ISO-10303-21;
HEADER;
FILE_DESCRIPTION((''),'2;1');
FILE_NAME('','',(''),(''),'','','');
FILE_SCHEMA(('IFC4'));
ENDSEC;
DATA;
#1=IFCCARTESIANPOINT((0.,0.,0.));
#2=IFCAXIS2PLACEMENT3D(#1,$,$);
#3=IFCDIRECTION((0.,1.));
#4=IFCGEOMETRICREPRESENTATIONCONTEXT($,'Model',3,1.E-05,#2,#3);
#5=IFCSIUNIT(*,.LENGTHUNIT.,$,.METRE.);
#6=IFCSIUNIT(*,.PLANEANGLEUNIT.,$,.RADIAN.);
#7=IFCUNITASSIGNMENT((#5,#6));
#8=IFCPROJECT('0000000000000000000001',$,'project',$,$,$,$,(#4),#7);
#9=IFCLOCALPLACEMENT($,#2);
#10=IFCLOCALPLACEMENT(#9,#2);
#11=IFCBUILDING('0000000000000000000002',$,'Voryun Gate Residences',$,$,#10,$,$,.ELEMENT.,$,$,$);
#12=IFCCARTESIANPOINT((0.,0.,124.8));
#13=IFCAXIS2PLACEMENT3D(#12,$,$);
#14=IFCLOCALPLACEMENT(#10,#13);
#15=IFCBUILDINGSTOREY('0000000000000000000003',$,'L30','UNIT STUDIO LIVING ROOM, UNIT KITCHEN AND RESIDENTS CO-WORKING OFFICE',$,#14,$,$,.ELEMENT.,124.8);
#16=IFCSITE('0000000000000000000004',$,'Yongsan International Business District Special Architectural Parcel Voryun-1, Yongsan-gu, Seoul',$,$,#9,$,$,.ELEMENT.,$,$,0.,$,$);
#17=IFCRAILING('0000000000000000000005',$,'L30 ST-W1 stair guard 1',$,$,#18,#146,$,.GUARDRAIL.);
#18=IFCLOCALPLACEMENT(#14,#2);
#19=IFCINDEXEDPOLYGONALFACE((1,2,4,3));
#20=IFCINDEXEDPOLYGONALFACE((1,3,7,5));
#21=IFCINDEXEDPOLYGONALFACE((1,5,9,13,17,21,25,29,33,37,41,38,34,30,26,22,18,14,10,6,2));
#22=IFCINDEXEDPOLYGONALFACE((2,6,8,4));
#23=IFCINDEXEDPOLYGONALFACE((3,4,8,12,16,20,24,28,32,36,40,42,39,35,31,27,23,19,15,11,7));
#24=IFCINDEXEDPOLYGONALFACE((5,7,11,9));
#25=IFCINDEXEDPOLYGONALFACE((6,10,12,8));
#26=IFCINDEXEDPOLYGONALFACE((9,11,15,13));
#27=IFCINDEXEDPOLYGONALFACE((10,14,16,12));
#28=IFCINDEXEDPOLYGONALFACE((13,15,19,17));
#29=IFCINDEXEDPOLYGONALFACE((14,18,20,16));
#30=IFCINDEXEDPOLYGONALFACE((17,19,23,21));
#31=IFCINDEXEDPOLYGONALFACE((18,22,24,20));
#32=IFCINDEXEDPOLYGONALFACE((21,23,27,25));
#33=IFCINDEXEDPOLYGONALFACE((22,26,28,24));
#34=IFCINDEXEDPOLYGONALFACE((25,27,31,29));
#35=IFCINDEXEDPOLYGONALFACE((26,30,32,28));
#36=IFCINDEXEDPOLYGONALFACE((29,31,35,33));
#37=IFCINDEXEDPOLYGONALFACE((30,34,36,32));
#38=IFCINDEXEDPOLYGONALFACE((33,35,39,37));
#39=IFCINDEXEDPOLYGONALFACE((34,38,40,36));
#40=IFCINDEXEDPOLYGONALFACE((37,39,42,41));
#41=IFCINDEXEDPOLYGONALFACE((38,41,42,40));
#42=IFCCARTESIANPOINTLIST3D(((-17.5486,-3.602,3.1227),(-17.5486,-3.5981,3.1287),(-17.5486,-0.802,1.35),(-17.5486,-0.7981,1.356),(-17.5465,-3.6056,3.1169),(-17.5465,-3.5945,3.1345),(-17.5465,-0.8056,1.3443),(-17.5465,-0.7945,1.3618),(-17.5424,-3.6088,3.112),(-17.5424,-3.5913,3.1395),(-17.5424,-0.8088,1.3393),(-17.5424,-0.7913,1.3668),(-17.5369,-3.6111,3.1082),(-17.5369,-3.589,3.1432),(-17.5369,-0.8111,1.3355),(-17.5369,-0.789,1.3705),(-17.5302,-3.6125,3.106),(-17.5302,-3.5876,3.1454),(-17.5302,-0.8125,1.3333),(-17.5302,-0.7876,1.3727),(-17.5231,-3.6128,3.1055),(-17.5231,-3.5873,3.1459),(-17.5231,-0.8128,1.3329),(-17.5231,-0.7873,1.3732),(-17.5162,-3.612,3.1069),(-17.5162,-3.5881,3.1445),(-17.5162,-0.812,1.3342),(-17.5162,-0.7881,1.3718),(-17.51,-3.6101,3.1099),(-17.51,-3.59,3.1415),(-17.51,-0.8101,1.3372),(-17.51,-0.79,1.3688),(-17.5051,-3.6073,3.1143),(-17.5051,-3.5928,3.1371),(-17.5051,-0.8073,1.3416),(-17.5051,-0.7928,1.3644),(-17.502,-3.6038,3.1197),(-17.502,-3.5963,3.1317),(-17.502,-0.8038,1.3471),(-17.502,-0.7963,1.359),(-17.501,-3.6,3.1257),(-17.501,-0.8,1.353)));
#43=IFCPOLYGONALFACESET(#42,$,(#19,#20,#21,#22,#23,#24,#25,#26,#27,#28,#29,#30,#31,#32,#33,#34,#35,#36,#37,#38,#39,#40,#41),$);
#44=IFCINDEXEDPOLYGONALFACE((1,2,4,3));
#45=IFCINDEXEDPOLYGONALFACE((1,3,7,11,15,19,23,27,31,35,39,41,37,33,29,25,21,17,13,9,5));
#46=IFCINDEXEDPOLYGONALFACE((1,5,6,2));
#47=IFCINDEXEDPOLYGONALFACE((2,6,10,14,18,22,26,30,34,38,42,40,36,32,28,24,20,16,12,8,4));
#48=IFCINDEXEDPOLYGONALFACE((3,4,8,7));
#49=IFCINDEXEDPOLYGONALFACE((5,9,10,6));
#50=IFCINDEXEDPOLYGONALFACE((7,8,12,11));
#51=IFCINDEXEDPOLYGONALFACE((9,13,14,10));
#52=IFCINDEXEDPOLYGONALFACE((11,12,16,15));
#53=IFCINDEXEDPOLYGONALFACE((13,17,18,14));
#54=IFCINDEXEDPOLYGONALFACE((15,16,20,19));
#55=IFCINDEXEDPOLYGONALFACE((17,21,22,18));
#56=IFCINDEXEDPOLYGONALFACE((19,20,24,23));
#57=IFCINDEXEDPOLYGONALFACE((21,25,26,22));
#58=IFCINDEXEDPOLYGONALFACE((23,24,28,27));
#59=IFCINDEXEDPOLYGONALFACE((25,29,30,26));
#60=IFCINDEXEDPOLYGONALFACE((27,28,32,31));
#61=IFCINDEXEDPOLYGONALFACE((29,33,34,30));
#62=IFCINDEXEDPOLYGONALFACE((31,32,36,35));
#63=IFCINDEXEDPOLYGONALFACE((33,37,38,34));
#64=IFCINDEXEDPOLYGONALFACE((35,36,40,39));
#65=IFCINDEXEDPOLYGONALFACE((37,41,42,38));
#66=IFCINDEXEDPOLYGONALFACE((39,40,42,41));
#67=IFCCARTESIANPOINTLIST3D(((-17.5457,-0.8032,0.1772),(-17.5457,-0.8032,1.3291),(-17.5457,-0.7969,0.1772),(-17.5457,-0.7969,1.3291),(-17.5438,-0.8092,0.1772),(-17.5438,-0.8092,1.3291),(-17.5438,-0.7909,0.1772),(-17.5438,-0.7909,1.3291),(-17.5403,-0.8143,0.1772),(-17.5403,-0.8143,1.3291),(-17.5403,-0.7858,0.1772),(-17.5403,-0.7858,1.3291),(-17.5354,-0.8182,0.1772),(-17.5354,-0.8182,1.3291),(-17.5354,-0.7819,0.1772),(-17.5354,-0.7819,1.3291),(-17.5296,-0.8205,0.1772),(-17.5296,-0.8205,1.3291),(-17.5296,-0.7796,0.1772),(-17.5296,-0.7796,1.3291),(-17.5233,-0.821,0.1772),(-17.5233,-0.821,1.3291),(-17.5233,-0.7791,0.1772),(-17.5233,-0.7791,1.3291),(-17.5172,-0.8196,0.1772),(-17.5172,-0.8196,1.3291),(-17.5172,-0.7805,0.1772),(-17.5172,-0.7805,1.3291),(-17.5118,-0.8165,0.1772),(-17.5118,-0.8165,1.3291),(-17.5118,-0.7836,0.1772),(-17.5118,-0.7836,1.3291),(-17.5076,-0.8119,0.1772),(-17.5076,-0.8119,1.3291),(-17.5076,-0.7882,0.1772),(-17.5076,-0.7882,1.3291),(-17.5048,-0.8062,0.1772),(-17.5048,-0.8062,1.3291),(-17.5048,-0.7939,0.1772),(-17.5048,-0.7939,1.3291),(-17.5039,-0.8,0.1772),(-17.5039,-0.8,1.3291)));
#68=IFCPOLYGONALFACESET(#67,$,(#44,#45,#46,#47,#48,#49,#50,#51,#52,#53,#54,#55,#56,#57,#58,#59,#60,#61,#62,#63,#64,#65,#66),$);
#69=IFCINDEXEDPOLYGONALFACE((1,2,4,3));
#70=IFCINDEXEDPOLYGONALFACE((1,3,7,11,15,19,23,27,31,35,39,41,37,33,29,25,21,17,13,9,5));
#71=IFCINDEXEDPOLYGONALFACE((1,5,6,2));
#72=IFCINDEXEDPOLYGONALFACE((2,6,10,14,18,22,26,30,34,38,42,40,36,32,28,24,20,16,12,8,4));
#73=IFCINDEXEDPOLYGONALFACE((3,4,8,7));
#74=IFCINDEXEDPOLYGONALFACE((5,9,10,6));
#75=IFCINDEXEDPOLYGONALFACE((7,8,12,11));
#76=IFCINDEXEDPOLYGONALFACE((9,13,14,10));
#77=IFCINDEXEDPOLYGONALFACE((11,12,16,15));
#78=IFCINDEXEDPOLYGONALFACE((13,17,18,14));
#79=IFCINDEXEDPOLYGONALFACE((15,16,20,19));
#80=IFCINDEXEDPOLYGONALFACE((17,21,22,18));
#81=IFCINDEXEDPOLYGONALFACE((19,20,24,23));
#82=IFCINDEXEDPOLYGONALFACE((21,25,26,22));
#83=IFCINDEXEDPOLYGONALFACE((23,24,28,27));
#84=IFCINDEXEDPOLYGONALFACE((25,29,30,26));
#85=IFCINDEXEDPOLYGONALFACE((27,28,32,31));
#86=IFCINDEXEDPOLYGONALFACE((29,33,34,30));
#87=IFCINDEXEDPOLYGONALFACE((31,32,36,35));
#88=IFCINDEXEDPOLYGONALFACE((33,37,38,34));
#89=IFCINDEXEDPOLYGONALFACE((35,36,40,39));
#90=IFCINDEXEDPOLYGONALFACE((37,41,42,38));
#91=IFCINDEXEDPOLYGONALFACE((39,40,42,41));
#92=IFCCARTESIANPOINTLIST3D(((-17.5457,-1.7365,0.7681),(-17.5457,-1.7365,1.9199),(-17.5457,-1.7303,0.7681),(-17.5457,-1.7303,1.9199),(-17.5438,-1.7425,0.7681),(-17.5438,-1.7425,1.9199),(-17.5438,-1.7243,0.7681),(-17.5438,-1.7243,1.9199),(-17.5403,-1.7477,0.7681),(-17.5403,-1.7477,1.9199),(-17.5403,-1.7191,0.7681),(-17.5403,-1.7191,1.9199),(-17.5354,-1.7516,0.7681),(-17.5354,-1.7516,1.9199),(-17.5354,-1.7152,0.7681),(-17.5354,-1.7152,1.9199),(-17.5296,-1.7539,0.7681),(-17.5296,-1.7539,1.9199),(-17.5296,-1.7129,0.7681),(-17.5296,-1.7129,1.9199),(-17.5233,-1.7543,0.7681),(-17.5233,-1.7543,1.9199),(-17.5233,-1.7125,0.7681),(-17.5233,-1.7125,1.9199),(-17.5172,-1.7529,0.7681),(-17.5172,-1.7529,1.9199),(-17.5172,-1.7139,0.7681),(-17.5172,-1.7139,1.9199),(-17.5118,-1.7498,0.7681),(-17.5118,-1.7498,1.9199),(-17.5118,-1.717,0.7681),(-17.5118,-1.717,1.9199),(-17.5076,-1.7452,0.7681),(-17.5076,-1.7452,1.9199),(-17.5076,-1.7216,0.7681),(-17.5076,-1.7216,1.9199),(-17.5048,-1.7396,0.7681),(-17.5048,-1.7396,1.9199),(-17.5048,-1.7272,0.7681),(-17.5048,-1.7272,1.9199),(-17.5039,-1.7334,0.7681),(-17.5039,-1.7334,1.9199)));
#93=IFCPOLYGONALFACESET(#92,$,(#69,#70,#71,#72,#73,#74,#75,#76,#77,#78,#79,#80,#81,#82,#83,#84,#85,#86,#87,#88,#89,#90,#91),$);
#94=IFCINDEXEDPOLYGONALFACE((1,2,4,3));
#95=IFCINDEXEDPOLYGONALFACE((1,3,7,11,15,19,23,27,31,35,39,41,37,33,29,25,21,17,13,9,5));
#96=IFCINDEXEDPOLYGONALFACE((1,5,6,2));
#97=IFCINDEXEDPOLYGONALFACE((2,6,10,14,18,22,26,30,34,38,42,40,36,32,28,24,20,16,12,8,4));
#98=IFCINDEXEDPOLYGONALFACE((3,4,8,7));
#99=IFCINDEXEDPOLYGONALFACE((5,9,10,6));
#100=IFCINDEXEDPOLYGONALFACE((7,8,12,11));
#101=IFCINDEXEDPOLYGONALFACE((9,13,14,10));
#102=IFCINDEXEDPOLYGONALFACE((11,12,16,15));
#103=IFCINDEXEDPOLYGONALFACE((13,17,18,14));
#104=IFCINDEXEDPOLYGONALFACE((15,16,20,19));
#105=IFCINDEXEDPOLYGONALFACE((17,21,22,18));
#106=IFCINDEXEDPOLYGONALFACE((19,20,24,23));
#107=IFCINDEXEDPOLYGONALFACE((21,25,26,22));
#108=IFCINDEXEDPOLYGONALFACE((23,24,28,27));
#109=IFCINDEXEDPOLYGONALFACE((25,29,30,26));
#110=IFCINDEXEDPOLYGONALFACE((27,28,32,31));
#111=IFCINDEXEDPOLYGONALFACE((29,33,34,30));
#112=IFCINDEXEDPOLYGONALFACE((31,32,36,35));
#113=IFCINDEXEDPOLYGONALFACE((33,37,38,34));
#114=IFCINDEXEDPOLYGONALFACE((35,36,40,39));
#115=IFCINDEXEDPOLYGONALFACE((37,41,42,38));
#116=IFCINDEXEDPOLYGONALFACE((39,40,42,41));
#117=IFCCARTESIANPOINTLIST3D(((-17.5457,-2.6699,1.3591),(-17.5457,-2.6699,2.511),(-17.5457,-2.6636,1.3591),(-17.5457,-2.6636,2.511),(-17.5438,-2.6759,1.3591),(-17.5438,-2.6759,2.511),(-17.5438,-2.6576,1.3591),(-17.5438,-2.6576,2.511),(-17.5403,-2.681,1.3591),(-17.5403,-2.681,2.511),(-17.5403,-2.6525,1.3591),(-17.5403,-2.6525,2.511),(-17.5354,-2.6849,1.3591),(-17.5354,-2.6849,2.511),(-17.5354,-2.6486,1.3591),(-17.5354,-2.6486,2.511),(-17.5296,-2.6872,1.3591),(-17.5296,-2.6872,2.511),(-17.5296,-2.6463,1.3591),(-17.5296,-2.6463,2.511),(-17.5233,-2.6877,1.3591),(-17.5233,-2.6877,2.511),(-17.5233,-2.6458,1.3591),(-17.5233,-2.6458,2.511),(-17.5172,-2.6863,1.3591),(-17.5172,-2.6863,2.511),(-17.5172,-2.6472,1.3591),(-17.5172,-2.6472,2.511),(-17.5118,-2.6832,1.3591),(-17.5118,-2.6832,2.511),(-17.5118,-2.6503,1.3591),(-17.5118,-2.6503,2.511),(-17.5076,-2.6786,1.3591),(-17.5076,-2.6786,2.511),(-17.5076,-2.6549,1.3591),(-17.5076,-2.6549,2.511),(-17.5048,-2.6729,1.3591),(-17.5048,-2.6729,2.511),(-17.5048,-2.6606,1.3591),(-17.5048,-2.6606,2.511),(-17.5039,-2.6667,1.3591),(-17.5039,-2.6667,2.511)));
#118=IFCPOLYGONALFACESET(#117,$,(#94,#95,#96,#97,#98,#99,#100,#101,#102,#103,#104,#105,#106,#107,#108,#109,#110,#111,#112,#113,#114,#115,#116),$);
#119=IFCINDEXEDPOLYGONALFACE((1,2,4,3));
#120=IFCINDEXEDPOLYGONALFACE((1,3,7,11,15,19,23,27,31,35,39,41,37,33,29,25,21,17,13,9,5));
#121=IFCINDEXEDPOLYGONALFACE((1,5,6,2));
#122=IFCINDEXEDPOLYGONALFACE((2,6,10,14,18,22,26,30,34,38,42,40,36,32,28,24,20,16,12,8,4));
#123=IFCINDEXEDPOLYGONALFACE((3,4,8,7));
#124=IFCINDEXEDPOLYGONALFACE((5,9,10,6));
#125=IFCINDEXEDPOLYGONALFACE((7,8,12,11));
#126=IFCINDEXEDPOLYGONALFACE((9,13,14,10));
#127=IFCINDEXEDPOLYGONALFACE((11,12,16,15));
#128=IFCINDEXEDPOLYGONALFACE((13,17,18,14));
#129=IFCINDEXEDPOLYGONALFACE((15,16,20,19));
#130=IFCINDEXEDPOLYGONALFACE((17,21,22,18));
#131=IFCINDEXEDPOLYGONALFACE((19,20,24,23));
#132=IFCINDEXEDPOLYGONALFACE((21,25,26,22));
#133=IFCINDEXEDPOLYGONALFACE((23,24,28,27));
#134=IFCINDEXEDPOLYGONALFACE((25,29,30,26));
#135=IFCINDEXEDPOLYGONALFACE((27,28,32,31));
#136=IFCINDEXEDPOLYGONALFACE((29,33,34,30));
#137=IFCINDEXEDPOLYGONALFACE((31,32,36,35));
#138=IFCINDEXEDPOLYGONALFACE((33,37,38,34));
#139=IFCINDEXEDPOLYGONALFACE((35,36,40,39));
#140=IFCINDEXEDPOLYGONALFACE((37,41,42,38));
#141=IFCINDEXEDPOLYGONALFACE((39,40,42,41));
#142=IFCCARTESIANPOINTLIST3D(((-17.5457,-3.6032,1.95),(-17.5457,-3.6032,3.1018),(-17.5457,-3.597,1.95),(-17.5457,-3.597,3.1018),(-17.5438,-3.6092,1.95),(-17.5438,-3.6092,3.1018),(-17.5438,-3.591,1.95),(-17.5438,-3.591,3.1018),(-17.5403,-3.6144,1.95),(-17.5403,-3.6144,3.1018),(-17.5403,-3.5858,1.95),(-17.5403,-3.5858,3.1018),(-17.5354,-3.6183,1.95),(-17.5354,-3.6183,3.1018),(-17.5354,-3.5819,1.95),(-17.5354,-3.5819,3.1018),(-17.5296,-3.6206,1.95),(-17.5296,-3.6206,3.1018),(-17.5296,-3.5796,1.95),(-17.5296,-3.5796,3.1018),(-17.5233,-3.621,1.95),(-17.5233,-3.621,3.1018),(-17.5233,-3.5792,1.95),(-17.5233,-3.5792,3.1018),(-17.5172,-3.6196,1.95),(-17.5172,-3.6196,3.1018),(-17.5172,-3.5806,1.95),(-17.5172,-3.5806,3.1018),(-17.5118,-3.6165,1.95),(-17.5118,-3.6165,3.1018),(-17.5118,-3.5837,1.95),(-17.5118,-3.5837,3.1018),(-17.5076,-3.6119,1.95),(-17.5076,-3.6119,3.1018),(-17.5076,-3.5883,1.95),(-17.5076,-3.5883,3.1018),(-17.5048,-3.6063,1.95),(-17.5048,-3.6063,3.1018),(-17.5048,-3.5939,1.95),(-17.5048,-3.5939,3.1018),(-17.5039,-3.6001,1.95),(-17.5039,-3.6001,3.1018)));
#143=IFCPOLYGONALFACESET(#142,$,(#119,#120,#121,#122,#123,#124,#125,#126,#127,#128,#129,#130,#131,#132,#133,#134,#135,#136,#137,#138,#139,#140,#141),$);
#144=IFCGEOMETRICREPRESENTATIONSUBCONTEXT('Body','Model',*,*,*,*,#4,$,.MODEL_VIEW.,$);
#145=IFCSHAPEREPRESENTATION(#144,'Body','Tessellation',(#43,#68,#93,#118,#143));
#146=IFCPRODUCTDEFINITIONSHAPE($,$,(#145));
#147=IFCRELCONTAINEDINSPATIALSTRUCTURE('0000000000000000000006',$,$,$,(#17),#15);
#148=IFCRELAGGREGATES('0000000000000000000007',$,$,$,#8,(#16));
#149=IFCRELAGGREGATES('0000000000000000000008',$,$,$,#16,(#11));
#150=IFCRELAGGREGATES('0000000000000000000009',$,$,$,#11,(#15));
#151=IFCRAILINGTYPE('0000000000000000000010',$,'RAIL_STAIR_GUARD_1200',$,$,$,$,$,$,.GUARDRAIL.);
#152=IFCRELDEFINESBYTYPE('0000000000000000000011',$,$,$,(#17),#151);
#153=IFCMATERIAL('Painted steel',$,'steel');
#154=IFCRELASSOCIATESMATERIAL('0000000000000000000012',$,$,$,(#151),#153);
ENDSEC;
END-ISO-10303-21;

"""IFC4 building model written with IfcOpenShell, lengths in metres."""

from ifc_helpers import new_model, si_unit, direction, frame, origin, origin_2d, place, context, subcontext, project, spatial, circle, extrude, material, type_object, element, save


model = new_model("IFC4")

# Units and contexts
model_context = context("Model", 3, precision=1e-05, world=origin(), true_north=direction((0.0, 1.0)))
body_context = subcontext(model_context, "Body", "Model", "MODEL_VIEW")
ifc_project = project(units=[si_unit("LENGTHUNIT", "METRE"), si_unit("PLANEANGLEUNIT", "RADIAN")], contexts=[model_context])

# Site, building, storey
site_placement = place(None, origin())
site = spatial("IfcSite", under=ifc_project, at=site_placement, Name="Yongsan International Business District Special Architectural Parcel Voryun-1, Yongsan-gu, Seoul", CompositionType="ELEMENT", RefElevation=0.0)
building_placement = place(site_placement, origin())
building = spatial("IfcBuilding", under=site, at=building_placement, Name="Voryun Gate Residences", CompositionType="ELEMENT")
storey_placement = place(building_placement, frame((0.0, 0.0, 124.8)))
storey = spatial("IfcBuildingStorey", under=building, at=storey_placement, Name="L30", Description="UNIT STUDIO LIVING ROOM, UNIT KITCHEN AND RESIDENTS CO-WORKING OFFICE", CompositionType="ELEMENT", Elevation=124.8)

# Railing
ifc_material_1 = material(Name="Painted steel", Category="steel")
railing_type_1 = type_object("IfcRailingType", Name="RAIL_STAIR_GUARD_1200", PredefinedType="GUARDRAIL", material=ifc_material_1)
railing_1_placement = place(storey_placement, frame((-17.5249, -0.8, 0.1772)))
element("IfcRailing", 1, at=railing_1_placement, inside=storey, type_object=railing_type_1, Name="L30 ST-W1 stair guard 1", PredefinedType="GUARDRAIL", context=body_context, shape_type="SweptSolid", body=[
    extrude(circle(Radius=0.0239, at=origin_2d()), frame((0.0, 0.0, 1.1758), z_axis=(0.0, -0.844909, 0.53491), x_axis=(1.0, 0.0, 0.0)), (0.0, 0.0, 1.0), 3.314),
    extrude(circle(Radius=0.021, at=origin_2d()), origin(), (0.0, 0.0, 1.0), 1.1519),
    extrude(circle(Radius=0.021, at=origin_2d()), frame((0.0, -0.9333, 0.5908)), (0.0, 0.0, 1.0), 1.1519),
    extrude(circle(Radius=0.021, at=origin_2d()), frame((0.0, -1.8667, 1.1819)), (0.0, 0.0, 1.0), 1.1519),
    extrude(circle(Radius=0.021, at=origin_2d()), frame((0.0, -2.8, 1.7727)), (0.0, 0.0, 1.0), 1.1519),
])

save(model, "model.ifc")
